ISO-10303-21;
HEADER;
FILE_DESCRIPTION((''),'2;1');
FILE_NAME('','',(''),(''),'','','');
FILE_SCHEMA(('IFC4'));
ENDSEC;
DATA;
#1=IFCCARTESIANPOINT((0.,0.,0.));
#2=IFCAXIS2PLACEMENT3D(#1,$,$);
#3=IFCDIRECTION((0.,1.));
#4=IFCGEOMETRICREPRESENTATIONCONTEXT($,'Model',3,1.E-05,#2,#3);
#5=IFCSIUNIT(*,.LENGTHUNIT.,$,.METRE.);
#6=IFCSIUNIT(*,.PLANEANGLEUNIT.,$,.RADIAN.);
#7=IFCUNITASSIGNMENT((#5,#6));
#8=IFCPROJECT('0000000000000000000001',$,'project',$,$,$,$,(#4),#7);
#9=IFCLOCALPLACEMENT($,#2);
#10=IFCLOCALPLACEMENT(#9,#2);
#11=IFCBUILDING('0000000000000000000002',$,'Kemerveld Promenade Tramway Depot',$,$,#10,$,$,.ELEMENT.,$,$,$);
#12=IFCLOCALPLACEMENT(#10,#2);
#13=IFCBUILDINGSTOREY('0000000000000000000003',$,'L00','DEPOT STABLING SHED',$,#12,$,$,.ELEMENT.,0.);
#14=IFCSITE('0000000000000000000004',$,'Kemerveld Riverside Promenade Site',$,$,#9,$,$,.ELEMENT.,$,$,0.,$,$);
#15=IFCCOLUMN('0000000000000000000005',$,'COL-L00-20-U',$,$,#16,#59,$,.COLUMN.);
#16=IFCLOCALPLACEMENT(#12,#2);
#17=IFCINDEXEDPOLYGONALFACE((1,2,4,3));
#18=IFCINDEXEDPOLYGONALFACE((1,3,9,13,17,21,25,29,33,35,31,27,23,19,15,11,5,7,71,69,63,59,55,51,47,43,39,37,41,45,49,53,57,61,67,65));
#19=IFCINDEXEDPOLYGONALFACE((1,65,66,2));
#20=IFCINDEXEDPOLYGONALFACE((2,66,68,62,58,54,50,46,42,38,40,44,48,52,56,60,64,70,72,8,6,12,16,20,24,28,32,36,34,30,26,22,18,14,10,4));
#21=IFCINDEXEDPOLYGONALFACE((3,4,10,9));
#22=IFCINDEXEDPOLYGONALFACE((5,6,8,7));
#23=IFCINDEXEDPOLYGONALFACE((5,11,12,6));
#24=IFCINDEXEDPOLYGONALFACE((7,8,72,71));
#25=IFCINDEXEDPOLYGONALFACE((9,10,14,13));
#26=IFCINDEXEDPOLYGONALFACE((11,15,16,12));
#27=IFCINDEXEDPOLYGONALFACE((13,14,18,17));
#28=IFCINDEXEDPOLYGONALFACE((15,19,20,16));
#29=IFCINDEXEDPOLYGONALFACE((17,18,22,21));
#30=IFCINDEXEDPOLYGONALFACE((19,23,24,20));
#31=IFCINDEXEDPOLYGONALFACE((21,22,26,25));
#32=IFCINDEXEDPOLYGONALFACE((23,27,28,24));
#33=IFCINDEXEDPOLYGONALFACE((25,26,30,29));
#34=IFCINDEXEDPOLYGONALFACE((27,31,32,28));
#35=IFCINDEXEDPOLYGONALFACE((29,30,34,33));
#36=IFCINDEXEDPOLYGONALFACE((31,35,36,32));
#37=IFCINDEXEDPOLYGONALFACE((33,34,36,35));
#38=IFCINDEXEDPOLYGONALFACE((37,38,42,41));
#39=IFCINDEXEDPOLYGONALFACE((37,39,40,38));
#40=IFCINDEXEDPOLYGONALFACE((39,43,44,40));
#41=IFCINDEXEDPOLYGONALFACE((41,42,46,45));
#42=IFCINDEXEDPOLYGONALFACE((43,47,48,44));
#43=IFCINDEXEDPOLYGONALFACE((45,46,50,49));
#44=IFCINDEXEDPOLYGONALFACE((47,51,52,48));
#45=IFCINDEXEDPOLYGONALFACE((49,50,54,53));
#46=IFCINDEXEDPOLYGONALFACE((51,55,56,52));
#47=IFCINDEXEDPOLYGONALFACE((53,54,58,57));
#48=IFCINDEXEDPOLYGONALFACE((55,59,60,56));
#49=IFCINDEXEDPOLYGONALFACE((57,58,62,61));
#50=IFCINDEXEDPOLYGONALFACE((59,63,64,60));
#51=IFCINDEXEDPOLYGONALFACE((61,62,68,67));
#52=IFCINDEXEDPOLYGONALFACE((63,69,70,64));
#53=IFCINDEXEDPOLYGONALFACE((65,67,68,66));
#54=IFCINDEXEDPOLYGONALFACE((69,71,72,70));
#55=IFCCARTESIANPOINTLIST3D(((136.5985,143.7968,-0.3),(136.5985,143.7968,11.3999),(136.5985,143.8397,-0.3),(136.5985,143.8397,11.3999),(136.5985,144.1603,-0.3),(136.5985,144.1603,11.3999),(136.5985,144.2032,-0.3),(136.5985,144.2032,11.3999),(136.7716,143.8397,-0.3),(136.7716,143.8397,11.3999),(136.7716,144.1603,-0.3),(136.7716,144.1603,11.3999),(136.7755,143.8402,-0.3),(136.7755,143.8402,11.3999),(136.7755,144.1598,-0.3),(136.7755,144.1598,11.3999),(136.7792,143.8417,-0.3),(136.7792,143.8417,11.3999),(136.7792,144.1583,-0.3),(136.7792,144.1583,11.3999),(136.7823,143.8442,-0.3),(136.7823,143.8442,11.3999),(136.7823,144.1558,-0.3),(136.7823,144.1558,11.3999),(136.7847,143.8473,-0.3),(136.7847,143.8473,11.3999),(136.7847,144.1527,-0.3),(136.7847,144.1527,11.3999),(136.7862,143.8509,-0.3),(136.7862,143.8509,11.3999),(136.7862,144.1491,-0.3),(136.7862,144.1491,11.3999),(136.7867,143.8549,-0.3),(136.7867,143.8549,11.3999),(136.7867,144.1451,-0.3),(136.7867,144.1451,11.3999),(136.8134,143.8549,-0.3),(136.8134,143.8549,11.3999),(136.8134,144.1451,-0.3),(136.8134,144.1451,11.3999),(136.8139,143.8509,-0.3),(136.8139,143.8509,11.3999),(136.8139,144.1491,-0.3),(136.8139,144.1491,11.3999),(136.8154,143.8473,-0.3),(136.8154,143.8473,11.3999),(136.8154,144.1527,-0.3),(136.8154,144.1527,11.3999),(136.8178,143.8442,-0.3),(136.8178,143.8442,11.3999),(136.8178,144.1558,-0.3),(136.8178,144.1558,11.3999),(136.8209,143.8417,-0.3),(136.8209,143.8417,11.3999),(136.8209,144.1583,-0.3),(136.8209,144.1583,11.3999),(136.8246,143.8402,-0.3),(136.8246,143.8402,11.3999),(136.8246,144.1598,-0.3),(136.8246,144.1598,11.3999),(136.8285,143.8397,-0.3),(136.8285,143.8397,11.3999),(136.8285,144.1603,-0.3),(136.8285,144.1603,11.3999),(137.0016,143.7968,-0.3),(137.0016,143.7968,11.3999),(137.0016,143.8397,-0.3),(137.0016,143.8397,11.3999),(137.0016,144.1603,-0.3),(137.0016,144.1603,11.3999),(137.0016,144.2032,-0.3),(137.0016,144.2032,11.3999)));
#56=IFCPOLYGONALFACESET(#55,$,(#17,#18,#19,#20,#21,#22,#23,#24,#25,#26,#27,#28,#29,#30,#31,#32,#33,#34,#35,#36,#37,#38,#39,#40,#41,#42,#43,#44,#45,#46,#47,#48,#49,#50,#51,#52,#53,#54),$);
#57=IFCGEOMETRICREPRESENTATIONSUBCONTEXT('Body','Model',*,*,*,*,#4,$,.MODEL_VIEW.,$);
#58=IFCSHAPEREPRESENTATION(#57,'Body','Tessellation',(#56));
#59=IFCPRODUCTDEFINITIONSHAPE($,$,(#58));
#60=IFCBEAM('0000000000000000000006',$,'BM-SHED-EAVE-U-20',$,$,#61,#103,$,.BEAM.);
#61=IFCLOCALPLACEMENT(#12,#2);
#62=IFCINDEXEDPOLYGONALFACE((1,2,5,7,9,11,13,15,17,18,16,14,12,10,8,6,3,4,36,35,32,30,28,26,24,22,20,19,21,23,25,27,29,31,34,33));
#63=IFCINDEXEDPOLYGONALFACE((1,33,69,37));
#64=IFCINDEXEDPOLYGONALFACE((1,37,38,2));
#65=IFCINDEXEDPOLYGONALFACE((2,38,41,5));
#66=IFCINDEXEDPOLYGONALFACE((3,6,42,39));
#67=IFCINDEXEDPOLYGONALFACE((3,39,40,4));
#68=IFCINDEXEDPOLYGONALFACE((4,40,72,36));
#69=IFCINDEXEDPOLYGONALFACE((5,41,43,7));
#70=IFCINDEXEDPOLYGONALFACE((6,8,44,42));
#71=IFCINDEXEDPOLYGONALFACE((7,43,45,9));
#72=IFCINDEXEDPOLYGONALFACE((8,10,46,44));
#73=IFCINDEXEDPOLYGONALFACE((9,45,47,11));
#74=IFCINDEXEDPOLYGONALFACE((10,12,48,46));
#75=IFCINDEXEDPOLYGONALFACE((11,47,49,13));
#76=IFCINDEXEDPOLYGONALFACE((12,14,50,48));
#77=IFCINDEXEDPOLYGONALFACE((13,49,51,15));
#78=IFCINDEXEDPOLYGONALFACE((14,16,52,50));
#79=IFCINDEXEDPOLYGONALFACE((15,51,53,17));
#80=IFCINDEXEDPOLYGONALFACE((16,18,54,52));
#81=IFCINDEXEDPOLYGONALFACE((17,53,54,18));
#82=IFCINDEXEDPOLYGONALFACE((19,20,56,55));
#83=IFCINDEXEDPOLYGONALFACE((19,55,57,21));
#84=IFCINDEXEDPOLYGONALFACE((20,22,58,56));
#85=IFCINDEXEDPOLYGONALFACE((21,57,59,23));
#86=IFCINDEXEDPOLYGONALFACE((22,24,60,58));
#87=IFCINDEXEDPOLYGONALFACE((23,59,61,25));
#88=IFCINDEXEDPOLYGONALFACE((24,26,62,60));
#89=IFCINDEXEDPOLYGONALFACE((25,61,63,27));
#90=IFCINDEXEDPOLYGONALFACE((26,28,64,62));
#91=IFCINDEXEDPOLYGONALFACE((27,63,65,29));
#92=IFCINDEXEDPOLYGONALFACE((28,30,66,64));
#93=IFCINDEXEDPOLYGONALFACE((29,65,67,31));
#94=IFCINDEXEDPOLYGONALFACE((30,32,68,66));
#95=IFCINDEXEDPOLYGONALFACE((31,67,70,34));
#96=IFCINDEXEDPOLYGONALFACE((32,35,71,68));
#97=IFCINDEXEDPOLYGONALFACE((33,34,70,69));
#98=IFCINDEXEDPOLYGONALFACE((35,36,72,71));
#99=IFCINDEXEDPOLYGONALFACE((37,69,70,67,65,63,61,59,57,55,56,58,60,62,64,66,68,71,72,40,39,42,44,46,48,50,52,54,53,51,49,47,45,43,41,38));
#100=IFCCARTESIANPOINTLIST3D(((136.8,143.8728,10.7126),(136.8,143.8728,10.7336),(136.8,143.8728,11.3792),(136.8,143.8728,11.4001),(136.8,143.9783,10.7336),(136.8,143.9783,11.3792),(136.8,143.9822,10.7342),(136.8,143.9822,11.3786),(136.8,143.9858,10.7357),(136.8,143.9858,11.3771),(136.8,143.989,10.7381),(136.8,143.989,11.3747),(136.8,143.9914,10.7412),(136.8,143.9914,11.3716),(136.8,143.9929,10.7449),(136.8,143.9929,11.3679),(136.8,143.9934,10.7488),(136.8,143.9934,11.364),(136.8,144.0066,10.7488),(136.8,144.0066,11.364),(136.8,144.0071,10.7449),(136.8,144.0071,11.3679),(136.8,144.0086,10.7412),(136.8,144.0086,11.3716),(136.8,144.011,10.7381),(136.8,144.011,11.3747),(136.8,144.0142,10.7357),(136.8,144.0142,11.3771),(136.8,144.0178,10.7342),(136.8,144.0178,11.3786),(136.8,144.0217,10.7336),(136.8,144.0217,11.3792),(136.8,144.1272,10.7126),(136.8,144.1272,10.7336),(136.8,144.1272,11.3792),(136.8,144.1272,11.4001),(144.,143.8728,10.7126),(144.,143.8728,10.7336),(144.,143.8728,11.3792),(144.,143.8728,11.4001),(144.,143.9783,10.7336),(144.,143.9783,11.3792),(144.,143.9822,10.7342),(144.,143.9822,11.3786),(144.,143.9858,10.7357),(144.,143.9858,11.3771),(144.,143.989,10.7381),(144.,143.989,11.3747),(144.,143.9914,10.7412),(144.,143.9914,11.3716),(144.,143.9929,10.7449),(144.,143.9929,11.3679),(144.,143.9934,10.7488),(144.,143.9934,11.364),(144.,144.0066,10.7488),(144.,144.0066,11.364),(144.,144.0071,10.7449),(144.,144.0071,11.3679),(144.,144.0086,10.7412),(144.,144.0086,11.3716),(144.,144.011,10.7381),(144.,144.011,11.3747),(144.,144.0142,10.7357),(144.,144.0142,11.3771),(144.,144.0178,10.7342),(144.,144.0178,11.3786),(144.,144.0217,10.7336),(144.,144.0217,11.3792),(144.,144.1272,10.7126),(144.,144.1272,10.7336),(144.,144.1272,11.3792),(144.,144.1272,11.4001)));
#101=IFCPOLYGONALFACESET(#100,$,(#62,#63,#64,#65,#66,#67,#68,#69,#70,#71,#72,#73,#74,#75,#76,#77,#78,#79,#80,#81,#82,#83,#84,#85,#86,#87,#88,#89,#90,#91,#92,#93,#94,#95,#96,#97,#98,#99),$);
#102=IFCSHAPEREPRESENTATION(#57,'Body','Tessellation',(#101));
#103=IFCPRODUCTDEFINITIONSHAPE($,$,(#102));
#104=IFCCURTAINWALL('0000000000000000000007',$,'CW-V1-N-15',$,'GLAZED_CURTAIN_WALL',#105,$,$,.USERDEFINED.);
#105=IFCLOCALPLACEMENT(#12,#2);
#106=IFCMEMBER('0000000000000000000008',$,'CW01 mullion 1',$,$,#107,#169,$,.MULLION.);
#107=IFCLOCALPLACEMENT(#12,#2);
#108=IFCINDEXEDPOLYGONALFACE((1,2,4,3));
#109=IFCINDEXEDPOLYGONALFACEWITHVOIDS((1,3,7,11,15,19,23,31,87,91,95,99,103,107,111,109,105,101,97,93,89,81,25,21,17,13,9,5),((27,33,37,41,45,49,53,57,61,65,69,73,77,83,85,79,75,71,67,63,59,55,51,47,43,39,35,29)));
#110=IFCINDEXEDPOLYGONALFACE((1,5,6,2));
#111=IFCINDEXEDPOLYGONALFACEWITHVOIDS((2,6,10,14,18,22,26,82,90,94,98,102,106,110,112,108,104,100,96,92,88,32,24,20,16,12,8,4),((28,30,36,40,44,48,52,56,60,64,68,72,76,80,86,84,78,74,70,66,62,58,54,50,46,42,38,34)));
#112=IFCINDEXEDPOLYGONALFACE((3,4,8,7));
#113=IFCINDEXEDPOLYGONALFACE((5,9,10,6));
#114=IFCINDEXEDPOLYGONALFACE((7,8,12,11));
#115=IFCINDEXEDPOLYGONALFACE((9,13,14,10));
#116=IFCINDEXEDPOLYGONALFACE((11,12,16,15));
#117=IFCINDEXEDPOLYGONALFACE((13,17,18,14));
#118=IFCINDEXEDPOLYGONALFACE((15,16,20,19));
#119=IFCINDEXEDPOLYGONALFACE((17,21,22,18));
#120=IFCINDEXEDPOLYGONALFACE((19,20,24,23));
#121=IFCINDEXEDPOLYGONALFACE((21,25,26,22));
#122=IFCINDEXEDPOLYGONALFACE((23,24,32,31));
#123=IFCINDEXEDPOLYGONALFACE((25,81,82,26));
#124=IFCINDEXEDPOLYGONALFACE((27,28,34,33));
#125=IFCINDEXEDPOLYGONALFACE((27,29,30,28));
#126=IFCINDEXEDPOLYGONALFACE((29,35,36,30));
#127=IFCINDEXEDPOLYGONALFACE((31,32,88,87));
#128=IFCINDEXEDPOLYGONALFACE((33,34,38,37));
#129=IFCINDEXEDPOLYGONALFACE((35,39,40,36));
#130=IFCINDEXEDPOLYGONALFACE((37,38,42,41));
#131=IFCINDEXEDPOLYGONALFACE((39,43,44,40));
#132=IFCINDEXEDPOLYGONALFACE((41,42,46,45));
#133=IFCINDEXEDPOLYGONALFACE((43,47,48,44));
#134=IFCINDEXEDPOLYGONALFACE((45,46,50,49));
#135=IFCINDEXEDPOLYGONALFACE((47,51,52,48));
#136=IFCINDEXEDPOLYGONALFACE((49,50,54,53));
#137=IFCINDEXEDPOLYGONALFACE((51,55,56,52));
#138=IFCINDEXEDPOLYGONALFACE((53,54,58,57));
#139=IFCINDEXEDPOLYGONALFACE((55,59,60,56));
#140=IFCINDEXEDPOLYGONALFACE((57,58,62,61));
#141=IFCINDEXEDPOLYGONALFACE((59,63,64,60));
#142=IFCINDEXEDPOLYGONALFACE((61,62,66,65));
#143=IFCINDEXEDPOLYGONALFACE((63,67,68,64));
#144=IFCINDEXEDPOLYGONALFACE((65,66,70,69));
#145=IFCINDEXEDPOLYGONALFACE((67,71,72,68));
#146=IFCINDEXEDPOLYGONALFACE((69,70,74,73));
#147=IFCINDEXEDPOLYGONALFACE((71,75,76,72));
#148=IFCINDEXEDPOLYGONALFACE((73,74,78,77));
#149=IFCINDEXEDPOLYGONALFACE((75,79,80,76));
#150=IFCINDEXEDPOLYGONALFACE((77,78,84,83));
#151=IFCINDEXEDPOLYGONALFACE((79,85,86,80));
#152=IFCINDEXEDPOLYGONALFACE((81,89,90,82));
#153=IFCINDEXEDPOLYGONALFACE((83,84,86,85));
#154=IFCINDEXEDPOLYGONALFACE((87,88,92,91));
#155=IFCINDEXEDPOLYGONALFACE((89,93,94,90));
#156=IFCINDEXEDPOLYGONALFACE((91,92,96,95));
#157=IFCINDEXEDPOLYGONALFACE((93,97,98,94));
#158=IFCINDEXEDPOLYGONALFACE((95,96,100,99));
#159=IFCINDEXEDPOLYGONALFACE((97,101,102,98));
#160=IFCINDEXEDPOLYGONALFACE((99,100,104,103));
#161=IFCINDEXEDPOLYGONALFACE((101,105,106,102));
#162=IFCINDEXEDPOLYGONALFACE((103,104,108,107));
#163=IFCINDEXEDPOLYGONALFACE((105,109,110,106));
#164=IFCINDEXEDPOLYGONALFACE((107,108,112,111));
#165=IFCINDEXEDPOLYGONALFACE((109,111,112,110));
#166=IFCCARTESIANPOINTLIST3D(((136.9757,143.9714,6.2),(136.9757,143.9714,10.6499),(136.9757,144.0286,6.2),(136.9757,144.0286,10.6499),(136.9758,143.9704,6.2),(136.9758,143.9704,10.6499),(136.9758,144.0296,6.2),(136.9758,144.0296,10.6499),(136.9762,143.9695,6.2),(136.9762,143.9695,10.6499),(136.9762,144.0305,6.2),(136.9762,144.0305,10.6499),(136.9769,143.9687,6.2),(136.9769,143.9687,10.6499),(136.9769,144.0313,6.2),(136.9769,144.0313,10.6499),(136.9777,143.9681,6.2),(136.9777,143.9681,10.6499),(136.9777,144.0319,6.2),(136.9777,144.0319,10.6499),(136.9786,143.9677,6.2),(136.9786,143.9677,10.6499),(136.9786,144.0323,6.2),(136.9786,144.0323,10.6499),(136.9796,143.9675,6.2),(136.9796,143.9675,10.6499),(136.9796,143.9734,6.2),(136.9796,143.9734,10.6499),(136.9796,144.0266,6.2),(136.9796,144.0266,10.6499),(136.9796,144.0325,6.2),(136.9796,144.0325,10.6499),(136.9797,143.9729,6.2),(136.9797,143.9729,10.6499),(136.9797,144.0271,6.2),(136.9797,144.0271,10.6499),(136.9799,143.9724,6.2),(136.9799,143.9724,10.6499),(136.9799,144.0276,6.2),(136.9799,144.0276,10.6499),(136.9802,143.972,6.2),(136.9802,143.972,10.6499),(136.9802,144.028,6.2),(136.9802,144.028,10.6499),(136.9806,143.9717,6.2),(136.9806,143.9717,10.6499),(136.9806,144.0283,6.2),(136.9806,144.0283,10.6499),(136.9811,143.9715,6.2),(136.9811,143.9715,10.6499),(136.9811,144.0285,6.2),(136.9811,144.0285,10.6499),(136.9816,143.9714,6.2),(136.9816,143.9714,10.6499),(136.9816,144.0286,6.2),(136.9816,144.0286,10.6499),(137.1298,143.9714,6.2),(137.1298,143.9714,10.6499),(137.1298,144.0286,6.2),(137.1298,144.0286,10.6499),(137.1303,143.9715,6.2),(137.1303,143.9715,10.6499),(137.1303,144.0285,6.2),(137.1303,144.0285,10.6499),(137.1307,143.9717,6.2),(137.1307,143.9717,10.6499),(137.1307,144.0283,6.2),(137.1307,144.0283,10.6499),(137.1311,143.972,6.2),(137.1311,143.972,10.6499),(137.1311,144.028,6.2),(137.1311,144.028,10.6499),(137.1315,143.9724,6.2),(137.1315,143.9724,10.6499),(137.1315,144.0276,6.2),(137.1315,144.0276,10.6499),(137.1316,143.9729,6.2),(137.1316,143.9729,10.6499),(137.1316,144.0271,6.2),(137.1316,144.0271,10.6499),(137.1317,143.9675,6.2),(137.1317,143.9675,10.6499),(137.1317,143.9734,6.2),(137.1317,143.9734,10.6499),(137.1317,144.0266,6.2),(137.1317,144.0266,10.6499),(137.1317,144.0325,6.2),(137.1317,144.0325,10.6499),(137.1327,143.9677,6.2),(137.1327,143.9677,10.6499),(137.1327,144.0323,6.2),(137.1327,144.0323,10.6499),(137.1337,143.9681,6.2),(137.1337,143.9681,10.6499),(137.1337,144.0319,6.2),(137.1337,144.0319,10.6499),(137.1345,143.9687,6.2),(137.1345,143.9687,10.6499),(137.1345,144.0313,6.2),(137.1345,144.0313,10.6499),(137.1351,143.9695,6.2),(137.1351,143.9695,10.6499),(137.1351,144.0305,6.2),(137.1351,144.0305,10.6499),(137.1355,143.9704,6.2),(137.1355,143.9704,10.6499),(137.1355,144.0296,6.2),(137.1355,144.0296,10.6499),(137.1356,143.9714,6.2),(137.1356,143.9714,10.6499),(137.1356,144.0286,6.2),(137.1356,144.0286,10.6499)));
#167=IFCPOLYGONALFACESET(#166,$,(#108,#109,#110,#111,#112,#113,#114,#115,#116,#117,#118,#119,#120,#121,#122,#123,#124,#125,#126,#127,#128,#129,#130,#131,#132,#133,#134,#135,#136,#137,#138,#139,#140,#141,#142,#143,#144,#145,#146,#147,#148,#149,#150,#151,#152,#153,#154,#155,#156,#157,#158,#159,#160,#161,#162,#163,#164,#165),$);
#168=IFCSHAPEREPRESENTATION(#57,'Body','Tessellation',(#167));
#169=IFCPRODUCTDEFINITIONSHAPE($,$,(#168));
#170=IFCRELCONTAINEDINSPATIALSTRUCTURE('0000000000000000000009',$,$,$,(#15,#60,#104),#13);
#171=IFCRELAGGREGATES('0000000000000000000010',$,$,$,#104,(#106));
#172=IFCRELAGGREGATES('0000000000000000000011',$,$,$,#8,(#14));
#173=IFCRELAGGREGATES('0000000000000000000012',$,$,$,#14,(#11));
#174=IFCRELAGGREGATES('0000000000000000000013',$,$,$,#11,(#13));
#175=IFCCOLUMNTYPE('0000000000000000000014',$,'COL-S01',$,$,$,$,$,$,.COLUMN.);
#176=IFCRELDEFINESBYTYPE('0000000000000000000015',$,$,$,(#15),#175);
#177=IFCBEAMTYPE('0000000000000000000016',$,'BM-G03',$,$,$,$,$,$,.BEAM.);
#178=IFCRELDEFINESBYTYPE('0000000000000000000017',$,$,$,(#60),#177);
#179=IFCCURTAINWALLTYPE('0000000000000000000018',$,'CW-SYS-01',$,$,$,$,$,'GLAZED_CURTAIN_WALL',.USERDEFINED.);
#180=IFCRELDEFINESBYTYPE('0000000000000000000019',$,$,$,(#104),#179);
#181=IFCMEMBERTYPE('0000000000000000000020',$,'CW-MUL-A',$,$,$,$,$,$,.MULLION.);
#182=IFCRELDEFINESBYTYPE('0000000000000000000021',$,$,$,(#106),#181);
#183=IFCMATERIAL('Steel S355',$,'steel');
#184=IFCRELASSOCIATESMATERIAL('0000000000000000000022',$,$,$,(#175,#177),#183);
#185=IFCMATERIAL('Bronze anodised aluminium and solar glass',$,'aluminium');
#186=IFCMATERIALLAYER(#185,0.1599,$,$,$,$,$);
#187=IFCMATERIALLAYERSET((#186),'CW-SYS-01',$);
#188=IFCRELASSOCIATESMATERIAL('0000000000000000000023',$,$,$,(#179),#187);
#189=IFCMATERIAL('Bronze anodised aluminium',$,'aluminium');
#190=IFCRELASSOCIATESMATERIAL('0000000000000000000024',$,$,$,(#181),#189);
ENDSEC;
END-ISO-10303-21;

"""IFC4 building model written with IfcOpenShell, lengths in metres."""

from ifc_helpers import new_model, si_unit, direction, frame, origin, origin_2d, place, context, subcontext, project, spatial, hollow_rectangle, i_section, extrude, material, layer, layer_set, material_profile, profile_set, type_object, element, aggregate, save


model = new_model("IFC4")

# Units and contexts
model_context = context("Model", 3, precision=1e-05, world=origin(), true_north=direction((0.0, 1.0)))
body_context = subcontext(model_context, "Body", "Model", "MODEL_VIEW")
ifc_project = project(units=[si_unit("LENGTHUNIT", "METRE"), si_unit("PLANEANGLEUNIT", "RADIAN")], contexts=[model_context])

# Site, building, storey
site_placement = place(None, origin())
site = spatial("IfcSite", under=ifc_project, at=site_placement, Name="Kemerveld Riverside Promenade Site", CompositionType="ELEMENT", RefElevation=0.0)
building_placement = place(site_placement, origin())
building = spatial("IfcBuilding", under=site, at=building_placement, Name="Kemerveld Promenade Tramway Depot", CompositionType="ELEMENT")
storey_placement = place(building_placement, origin())
storey = spatial("IfcBuildingStorey", under=building, at=storey_placement, Name="L00", Description="DEPOT STABLING SHED", CompositionType="ELEMENT", Elevation=0.0)

# Column
ifc_material_1 = material(Name="Steel S355", Category="steel")
ifc_material_profile_1 = material_profile(ifc_material_1, i_section(OverallWidth=0.4031, OverallDepth=0.4065, WebThickness=0.0266, FlangeThickness=0.043, FilletRadius=0.0151, at=origin_2d()), Name="356x406x340 UC")
ifc_profile_set_1 = profile_set([ifc_material_profile_1], Name="Steel S355")
column_type = type_object("IfcColumnType", Name="COL-S01", PredefinedType="COLUMN", material=ifc_profile_set_1)
column_placement = place(storey_placement, frame((136.8, 144.0, -0.3), z_axis=(0.0, 0.0, 1.0), x_axis=(1.0, 0.0, 0.0)))
element("IfcColumn", 1, at=column_placement, inside=storey, type_object=column_type, Name="COL-L00-20-U", PredefinedType="COLUMN", context=body_context, shape_type="SweptSolid", body=[
    extrude(i_section(OverallWidth=0.4031, OverallDepth=0.4065, WebThickness=0.0266, FlangeThickness=0.043, FilletRadius=0.0151, at=origin_2d()), origin(), (0.0, 0.0, 1.0), 11.7),
])

# Beam
ifc_material_profile_2 = material_profile(ifc_material_1, i_section(OverallWidth=0.2544, OverallDepth=0.6875, WebThickness=0.0132, FlangeThickness=0.021, FilletRadius=0.0151, at=origin_2d()), Name="686x254x152 UB")
ifc_profile_set_2 = profile_set([ifc_material_profile_2], Name="Steel S355")
beam_type = type_object("IfcBeamType", Name="BM-G03", PredefinedType="BEAM", material=ifc_profile_set_2)
beam_placement = place(storey_placement, frame((136.8, 144.0, 11.0564), z_axis=(1.0, 0.0, 0.0), x_axis=(0.0, 1.0, 0.0)))
element("IfcBeam", 2, at=beam_placement, inside=storey, type_object=beam_type, Name="BM-SHED-EAVE-U-20", PredefinedType="BEAM", context=body_context, shape_type="SweptSolid", body=[
    extrude(i_section(OverallWidth=0.2544, OverallDepth=0.6875, WebThickness=0.0132, FlangeThickness=0.021, FilletRadius=0.0151, at=origin_2d()), origin(), (0.0, 0.0, 1.0), 7.2),
])

# Curtain wall, member
ifc_material_2 = material(Name="Bronze anodised aluminium and solar glass", Category="aluminium")
ifc_layer_1 = layer(ifc_material_2, 0.1599)
ifc_layer_set_1 = layer_set([ifc_layer_1], Name="CW-SYS-01")
curtain_wall_type_1 = type_object("IfcCurtainWallType", Name="CW-SYS-01", ElementType="GLAZED_CURTAIN_WALL", PredefinedType="USERDEFINED", material=ifc_layer_set_1)
curtain_wall_1_placement = place(storey_placement, origin())
curtain_wall_1 = element("IfcCurtainWall", 3, at=curtain_wall_1_placement, inside=storey, type_object=curtain_wall_type_1, Name="CW-V1-N-15", ObjectType="GLAZED_CURTAIN_WALL", PredefinedType="USERDEFINED")
ifc_material_3 = material(Name="Bronze anodised aluminium", Category="aluminium")
ifc_material_profile_3 = material_profile(ifc_material_3, hollow_rectangle(XDim=0.0649, YDim=0.1599, WallThickness=0.0039, InnerFilletRadius=0.002, OuterFilletRadius=0.0039, at=origin_2d()), Name="CW-MUL-160x65")
ifc_profile_set_3 = profile_set([ifc_material_profile_3], Name="Bronze anodised aluminium")
member_type_1 = type_object("IfcMemberType", Name="CW-MUL-A", PredefinedType="MULLION", material=ifc_profile_set_3)
member_1_placement = place(storey_placement, frame((137.0557, 144.0, 6.2), z_axis=(0.0, 0.0, 1.0), x_axis=(0.0, 1.0, 0.0)))
member_1 = element("IfcMember", 4, at=member_1_placement, type_object=member_type_1, Name="CW01 mullion 1", PredefinedType="MULLION", context=body_context, shape_type="SweptSolid", body=[
    extrude(hollow_rectangle(XDim=0.0649, YDim=0.1599, WallThickness=0.0039, InnerFilletRadius=0.002, OuterFilletRadius=0.0039, at=origin_2d()), origin(), (0.0, 0.0, 1.0), 4.45),
])

aggregate(curtain_wall_1, [member_1])

save(model, "model.ifc")
